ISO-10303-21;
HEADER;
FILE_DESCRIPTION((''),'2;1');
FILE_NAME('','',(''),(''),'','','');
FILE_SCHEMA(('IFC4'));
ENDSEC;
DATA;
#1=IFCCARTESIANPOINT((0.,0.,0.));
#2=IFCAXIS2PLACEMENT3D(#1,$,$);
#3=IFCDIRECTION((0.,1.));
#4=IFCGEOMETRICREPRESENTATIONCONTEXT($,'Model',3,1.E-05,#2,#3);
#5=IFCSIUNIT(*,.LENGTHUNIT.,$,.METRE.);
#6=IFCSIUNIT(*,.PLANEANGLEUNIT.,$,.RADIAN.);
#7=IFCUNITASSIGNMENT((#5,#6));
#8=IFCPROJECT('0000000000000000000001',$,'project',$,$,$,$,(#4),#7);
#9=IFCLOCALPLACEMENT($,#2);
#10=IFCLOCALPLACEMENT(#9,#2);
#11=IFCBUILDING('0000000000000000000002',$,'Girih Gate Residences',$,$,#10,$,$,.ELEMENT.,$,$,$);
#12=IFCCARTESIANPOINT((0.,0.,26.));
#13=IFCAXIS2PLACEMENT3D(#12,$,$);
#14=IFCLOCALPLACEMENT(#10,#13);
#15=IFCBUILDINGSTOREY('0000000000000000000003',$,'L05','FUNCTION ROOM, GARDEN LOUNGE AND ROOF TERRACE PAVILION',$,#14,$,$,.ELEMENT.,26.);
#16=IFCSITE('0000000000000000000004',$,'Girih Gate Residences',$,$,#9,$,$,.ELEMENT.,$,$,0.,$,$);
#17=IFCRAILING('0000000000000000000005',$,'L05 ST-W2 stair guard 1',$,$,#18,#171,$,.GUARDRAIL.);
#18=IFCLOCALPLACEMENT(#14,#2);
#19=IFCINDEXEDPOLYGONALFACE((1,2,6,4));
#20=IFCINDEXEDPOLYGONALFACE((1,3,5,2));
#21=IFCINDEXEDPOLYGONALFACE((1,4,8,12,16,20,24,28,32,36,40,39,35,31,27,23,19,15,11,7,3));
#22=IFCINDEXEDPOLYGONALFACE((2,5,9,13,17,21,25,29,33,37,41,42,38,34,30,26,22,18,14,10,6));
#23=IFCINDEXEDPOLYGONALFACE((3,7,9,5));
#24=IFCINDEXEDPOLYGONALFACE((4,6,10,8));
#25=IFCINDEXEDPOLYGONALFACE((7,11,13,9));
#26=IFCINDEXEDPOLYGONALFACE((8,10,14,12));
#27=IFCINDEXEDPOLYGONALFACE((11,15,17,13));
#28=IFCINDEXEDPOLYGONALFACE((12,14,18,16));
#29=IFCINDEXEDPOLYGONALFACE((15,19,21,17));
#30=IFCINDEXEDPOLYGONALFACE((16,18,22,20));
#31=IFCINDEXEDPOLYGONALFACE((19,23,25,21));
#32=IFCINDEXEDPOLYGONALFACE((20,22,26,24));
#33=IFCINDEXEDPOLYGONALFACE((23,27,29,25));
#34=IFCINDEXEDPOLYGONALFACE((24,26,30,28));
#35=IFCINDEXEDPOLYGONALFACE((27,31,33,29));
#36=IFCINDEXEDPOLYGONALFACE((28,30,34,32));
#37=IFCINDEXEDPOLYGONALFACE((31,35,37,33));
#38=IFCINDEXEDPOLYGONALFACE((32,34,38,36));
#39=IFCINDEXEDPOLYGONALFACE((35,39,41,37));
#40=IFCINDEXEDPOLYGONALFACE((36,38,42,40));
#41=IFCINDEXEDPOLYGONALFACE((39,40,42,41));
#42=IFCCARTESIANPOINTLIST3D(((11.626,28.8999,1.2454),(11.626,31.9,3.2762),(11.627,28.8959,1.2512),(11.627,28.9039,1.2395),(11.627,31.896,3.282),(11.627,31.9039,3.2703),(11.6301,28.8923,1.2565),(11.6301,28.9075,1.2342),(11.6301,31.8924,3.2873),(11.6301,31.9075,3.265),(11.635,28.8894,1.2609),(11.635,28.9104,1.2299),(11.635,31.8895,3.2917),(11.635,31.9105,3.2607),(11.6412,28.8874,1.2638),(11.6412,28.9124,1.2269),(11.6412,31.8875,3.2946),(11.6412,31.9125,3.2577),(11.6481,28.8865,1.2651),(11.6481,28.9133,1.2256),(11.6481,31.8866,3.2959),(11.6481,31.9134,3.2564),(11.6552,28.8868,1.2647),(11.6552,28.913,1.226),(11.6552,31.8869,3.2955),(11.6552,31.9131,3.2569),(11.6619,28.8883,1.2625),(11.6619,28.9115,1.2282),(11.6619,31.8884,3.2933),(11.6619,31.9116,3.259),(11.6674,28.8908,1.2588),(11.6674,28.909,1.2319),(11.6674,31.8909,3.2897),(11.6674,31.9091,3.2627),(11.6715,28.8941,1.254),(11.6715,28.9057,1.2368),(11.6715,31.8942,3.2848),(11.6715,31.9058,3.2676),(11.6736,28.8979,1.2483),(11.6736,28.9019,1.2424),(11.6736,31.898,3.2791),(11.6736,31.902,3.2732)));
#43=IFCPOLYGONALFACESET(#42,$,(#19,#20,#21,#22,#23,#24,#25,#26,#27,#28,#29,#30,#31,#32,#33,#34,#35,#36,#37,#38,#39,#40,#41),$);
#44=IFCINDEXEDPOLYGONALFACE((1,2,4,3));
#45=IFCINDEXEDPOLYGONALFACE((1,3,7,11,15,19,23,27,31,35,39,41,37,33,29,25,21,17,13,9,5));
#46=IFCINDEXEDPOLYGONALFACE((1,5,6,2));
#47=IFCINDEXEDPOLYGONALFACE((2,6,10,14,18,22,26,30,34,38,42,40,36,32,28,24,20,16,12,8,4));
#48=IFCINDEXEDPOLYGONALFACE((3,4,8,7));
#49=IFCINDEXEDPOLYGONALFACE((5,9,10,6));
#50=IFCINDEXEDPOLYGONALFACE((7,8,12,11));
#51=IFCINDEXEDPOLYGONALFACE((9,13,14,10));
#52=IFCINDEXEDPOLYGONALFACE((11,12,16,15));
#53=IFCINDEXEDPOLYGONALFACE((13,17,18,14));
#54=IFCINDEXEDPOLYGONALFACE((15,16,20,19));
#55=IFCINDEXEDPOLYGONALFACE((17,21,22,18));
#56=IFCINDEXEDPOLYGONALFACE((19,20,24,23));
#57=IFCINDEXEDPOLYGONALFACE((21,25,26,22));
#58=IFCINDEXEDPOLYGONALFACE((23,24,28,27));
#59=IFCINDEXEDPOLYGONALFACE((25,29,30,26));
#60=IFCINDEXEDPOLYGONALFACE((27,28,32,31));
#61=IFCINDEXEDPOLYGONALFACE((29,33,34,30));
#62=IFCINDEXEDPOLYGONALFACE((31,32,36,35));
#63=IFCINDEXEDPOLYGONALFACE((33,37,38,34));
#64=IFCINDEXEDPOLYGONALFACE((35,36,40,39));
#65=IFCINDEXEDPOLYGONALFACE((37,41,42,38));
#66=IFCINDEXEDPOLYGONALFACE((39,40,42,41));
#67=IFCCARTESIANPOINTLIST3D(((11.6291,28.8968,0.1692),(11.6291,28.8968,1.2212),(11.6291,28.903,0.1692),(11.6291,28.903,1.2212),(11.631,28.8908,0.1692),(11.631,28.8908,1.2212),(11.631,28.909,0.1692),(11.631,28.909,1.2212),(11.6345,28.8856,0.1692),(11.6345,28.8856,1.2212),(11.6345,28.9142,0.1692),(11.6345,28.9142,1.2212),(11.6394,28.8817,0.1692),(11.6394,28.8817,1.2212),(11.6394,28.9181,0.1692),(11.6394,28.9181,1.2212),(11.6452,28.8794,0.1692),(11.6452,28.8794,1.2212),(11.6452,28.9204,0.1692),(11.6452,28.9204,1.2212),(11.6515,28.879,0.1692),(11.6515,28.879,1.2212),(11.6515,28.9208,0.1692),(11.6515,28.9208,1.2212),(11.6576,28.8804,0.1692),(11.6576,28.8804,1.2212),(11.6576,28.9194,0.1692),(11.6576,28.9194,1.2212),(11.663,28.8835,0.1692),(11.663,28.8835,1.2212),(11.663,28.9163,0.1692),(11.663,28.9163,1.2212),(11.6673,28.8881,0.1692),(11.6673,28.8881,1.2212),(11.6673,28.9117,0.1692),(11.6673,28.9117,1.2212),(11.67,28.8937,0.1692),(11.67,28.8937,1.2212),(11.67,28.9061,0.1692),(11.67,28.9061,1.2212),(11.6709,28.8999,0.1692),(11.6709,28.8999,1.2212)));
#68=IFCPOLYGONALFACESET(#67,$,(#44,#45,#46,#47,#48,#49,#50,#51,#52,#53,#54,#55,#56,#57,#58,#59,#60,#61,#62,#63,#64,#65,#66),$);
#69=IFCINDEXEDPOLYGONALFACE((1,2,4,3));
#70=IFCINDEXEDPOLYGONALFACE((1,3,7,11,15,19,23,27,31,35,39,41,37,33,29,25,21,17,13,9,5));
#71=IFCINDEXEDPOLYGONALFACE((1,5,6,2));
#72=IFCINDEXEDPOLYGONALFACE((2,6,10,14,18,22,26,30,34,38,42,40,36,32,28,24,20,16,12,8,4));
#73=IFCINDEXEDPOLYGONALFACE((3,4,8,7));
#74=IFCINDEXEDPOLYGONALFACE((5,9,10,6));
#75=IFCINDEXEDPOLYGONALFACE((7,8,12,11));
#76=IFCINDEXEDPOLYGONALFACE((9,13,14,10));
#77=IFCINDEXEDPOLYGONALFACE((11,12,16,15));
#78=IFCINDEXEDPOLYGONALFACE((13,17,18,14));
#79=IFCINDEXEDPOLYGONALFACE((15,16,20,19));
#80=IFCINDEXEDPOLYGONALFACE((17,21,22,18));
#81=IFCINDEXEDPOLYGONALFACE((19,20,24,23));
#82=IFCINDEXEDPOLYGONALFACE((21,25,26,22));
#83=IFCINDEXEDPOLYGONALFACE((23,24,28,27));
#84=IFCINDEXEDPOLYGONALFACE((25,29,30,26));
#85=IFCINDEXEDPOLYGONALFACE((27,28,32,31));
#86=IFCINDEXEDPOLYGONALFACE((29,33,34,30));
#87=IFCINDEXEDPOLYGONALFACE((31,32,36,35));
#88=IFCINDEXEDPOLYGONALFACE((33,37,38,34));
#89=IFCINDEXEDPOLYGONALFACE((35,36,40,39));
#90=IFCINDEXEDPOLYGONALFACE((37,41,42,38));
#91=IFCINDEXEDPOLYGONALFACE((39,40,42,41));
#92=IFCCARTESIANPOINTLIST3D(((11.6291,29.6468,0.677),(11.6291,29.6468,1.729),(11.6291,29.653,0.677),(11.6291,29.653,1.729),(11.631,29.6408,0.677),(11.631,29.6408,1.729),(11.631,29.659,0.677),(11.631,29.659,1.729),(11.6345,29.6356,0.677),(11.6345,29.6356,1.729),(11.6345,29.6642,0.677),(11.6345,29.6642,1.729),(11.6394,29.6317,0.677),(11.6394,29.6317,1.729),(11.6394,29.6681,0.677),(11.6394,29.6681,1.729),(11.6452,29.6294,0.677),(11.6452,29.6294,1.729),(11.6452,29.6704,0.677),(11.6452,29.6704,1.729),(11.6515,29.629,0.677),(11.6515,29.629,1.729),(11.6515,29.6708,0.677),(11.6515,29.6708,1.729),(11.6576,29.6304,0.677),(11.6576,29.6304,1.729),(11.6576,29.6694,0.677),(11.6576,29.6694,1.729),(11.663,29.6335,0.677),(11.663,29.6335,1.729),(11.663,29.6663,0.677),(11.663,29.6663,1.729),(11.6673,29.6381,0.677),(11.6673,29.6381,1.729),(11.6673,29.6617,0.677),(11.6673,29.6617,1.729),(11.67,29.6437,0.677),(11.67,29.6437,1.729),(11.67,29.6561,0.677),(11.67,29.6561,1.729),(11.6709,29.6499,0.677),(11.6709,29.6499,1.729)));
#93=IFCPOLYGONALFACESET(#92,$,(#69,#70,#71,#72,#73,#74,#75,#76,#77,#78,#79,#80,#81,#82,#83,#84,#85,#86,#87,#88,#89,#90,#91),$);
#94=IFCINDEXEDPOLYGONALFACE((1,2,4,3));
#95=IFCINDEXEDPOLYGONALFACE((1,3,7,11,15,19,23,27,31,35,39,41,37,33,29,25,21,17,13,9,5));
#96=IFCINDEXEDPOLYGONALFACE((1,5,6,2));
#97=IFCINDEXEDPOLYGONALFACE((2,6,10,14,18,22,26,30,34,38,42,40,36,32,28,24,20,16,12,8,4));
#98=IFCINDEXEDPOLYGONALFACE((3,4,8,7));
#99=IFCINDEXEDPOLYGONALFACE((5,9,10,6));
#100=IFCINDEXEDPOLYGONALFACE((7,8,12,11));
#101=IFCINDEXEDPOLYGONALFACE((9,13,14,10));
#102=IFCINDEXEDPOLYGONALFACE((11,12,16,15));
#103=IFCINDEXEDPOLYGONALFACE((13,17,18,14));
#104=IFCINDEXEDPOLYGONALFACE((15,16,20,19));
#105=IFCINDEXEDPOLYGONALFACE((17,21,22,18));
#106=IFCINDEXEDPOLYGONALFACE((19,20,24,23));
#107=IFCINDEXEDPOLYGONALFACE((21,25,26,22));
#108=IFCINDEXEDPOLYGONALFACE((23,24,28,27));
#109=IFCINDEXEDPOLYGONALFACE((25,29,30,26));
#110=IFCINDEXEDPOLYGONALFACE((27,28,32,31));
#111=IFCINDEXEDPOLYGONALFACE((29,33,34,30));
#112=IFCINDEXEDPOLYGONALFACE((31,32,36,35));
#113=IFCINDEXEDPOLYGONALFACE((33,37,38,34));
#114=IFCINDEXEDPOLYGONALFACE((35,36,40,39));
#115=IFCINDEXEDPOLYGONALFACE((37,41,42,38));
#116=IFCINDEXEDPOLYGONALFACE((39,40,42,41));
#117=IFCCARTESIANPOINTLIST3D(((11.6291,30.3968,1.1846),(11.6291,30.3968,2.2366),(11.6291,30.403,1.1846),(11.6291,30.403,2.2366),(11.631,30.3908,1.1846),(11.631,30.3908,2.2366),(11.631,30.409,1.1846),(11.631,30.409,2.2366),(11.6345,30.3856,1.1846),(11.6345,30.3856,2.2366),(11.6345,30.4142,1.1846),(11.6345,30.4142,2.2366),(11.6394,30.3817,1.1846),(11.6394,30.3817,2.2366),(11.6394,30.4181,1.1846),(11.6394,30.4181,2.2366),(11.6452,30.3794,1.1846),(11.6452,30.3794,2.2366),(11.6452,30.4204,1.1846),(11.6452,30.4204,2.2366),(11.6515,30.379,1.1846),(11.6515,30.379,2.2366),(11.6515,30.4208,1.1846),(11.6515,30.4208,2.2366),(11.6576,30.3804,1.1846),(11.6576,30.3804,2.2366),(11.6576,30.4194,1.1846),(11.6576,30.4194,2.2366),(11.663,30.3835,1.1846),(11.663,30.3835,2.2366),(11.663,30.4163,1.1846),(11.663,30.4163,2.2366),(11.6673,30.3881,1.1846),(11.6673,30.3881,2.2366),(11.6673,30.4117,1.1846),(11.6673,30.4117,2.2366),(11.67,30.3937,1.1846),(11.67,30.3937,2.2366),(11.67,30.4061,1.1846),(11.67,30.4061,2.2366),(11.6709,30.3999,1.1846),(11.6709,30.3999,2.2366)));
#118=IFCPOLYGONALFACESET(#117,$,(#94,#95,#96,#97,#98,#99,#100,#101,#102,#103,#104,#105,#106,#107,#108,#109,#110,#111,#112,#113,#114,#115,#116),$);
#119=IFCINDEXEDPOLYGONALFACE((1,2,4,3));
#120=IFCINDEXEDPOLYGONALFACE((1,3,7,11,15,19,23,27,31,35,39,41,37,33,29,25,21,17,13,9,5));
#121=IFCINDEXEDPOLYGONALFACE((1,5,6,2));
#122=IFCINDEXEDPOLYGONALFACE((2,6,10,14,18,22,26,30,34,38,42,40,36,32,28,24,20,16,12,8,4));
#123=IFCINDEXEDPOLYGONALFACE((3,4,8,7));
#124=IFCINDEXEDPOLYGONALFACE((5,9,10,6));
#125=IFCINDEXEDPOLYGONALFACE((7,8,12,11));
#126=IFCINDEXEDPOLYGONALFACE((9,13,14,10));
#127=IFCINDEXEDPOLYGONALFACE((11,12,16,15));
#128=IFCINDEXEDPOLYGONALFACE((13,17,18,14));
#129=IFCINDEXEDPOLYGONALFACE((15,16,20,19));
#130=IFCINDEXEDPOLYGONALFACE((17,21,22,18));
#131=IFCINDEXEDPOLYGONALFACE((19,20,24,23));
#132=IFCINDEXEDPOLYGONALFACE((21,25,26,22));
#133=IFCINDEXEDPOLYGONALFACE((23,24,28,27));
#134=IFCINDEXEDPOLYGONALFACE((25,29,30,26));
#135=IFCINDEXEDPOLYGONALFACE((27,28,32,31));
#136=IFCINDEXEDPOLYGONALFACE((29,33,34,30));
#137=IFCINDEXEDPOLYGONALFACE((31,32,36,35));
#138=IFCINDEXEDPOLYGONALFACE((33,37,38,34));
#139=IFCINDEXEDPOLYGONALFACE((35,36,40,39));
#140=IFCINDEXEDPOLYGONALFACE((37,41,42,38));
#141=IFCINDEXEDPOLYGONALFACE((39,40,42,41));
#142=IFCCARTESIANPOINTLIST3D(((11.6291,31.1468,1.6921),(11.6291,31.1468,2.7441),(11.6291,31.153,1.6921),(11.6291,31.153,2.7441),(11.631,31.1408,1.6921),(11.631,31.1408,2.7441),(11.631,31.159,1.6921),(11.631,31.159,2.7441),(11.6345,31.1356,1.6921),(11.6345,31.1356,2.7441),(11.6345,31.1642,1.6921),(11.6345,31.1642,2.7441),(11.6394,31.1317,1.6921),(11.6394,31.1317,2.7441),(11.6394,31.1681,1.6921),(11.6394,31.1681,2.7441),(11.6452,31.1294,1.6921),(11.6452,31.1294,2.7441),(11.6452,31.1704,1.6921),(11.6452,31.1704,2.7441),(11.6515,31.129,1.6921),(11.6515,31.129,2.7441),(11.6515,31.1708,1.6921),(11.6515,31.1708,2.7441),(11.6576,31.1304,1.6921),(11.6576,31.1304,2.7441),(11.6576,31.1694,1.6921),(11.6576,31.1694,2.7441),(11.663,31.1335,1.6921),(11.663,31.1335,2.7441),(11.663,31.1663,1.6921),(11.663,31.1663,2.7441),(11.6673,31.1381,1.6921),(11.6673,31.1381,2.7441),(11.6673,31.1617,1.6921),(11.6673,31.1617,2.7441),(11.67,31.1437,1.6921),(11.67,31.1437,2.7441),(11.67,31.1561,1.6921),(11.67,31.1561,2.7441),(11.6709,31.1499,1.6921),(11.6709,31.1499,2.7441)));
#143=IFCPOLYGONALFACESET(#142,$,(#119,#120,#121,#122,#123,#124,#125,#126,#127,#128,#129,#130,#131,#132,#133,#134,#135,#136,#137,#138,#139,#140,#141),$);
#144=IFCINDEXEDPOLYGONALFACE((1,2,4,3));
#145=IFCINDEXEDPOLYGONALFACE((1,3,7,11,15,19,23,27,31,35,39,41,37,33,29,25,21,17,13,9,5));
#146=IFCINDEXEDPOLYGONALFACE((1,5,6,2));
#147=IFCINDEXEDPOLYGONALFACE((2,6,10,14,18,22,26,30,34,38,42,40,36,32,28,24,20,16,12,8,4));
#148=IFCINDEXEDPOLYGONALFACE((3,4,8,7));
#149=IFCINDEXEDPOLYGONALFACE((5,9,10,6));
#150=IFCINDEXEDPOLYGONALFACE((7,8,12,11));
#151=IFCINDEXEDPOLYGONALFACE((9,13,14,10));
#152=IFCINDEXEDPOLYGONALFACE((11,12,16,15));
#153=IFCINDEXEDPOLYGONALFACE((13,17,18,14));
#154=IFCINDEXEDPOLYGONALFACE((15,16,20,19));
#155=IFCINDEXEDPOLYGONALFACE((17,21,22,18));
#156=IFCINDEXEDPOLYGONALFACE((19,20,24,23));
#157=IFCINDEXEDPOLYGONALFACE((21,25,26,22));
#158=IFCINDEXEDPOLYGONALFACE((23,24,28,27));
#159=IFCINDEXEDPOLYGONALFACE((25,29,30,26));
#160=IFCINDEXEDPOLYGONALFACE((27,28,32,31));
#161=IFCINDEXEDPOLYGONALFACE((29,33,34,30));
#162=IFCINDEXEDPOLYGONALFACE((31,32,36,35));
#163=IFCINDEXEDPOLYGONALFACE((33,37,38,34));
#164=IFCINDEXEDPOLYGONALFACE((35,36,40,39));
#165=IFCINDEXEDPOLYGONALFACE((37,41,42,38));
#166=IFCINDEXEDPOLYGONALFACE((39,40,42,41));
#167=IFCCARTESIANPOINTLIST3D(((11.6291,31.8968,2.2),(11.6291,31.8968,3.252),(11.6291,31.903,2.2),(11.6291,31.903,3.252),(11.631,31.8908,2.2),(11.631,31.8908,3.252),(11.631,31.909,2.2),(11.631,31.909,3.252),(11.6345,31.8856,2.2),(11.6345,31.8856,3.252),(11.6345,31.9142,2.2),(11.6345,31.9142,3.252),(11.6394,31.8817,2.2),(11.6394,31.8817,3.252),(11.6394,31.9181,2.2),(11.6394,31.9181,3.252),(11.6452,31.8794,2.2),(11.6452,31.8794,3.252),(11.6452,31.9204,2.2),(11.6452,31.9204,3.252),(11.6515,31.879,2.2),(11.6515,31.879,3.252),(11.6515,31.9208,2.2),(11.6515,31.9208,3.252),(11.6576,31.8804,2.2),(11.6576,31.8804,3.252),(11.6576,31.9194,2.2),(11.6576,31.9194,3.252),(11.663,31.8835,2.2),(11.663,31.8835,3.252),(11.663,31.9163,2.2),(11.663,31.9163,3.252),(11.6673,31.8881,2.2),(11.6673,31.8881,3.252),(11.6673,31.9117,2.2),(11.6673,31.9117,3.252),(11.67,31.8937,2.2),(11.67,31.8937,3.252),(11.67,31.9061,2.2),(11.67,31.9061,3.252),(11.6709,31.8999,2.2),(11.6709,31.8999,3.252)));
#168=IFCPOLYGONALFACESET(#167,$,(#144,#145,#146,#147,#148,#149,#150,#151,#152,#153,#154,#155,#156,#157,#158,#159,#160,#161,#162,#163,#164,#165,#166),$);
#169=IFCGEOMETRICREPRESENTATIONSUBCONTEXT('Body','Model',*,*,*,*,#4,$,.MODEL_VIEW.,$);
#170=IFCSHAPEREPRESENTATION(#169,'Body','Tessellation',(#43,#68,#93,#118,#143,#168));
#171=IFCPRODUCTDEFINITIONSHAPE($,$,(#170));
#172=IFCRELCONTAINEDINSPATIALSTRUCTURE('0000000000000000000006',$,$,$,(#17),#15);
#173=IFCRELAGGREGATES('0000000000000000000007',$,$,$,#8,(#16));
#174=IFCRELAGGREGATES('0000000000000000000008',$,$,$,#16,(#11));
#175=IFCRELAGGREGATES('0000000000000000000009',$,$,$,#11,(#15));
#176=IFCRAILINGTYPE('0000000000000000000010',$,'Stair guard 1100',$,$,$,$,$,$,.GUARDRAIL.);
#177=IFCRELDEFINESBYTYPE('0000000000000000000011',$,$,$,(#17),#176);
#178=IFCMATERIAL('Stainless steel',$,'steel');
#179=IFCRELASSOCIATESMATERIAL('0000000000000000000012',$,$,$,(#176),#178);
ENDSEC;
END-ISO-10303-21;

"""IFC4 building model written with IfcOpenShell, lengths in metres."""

from ifc_helpers import new_model, si_unit, direction, frame, origin, origin_2d, place, context, subcontext, project, spatial, circle, extrude, material, type_object, element, save


model = new_model("IFC4")

# Units and contexts
model_context = context("Model", 3, precision=1e-05, world=origin(), true_north=direction((0.0, 1.0)))
body_context = subcontext(model_context, "Body", "Model", "MODEL_VIEW")
ifc_project = project(units=[si_unit("LENGTHUNIT", "METRE"), si_unit("PLANEANGLEUNIT", "RADIAN")], contexts=[model_context])

# Site, building, storey
site_placement = place(None, origin())
site = spatial("IfcSite", under=ifc_project, at=site_placement, Name="Girih Gate Residences", CompositionType="ELEMENT", RefElevation=0.0)
building_placement = place(site_placement, origin())
building = spatial("IfcBuilding", under=site, at=building_placement, Name="Girih Gate Residences", CompositionType="ELEMENT")
storey_placement = place(building_placement, frame((0.0, 0.0, 26.0)))
storey = spatial("IfcBuildingStorey", under=building, at=storey_placement, Name="L05", Description="FUNCTION ROOM, GARDEN LOUNGE AND ROOF TERRACE PAVILION", CompositionType="ELEMENT", Elevation=26.0)

# Railing
ifc_material_1 = material(Name="Stainless steel", Category="steel")
railing_type_1 = type_object("IfcRailingType", Name="Stair guard 1100", PredefinedType="GUARDRAIL", material=ifc_material_1)
railing_1_placement = place(storey_placement, frame((11.6499, 28.8999, 0.1692)))
element("IfcRailing", 1, at=railing_1_placement, inside=storey, type_object=railing_type_1, Name="L05 ST-W2 stair guard 1", PredefinedType="GUARDRAIL", context=body_context, shape_type="SweptSolid", body=[
    extrude(circle(Radius=0.0239, at=origin_2d()), frame((0.0, 0.0, 1.0762), z_axis=(0.0, 0.82811, 0.560565), x_axis=(-1.0, 0.0, 0.0)), (0.0, 0.0, 1.0), 3.6228),
    extrude(circle(Radius=0.021, at=origin_2d()), origin(), (0.0, 0.0, 1.0), 1.052),
    extrude(circle(Radius=0.021, at=origin_2d()), frame((0.0, 0.75, 0.5078)), (0.0, 0.0, 1.0), 1.052),
    extrude(circle(Radius=0.021, at=origin_2d()), frame((0.0, 1.5, 1.0154)), (0.0, 0.0, 1.0), 1.052),
    extrude(circle(Radius=0.021, at=origin_2d()), frame((0.0, 2.25, 1.5229)), (0.0, 0.0, 1.0), 1.052),
    extrude(circle(Radius=0.021, at=origin_2d()), frame((0.0, 3.0, 2.0308)), (0.0, 0.0, 1.0), 1.052),
])

save(model, "model.ifc")
